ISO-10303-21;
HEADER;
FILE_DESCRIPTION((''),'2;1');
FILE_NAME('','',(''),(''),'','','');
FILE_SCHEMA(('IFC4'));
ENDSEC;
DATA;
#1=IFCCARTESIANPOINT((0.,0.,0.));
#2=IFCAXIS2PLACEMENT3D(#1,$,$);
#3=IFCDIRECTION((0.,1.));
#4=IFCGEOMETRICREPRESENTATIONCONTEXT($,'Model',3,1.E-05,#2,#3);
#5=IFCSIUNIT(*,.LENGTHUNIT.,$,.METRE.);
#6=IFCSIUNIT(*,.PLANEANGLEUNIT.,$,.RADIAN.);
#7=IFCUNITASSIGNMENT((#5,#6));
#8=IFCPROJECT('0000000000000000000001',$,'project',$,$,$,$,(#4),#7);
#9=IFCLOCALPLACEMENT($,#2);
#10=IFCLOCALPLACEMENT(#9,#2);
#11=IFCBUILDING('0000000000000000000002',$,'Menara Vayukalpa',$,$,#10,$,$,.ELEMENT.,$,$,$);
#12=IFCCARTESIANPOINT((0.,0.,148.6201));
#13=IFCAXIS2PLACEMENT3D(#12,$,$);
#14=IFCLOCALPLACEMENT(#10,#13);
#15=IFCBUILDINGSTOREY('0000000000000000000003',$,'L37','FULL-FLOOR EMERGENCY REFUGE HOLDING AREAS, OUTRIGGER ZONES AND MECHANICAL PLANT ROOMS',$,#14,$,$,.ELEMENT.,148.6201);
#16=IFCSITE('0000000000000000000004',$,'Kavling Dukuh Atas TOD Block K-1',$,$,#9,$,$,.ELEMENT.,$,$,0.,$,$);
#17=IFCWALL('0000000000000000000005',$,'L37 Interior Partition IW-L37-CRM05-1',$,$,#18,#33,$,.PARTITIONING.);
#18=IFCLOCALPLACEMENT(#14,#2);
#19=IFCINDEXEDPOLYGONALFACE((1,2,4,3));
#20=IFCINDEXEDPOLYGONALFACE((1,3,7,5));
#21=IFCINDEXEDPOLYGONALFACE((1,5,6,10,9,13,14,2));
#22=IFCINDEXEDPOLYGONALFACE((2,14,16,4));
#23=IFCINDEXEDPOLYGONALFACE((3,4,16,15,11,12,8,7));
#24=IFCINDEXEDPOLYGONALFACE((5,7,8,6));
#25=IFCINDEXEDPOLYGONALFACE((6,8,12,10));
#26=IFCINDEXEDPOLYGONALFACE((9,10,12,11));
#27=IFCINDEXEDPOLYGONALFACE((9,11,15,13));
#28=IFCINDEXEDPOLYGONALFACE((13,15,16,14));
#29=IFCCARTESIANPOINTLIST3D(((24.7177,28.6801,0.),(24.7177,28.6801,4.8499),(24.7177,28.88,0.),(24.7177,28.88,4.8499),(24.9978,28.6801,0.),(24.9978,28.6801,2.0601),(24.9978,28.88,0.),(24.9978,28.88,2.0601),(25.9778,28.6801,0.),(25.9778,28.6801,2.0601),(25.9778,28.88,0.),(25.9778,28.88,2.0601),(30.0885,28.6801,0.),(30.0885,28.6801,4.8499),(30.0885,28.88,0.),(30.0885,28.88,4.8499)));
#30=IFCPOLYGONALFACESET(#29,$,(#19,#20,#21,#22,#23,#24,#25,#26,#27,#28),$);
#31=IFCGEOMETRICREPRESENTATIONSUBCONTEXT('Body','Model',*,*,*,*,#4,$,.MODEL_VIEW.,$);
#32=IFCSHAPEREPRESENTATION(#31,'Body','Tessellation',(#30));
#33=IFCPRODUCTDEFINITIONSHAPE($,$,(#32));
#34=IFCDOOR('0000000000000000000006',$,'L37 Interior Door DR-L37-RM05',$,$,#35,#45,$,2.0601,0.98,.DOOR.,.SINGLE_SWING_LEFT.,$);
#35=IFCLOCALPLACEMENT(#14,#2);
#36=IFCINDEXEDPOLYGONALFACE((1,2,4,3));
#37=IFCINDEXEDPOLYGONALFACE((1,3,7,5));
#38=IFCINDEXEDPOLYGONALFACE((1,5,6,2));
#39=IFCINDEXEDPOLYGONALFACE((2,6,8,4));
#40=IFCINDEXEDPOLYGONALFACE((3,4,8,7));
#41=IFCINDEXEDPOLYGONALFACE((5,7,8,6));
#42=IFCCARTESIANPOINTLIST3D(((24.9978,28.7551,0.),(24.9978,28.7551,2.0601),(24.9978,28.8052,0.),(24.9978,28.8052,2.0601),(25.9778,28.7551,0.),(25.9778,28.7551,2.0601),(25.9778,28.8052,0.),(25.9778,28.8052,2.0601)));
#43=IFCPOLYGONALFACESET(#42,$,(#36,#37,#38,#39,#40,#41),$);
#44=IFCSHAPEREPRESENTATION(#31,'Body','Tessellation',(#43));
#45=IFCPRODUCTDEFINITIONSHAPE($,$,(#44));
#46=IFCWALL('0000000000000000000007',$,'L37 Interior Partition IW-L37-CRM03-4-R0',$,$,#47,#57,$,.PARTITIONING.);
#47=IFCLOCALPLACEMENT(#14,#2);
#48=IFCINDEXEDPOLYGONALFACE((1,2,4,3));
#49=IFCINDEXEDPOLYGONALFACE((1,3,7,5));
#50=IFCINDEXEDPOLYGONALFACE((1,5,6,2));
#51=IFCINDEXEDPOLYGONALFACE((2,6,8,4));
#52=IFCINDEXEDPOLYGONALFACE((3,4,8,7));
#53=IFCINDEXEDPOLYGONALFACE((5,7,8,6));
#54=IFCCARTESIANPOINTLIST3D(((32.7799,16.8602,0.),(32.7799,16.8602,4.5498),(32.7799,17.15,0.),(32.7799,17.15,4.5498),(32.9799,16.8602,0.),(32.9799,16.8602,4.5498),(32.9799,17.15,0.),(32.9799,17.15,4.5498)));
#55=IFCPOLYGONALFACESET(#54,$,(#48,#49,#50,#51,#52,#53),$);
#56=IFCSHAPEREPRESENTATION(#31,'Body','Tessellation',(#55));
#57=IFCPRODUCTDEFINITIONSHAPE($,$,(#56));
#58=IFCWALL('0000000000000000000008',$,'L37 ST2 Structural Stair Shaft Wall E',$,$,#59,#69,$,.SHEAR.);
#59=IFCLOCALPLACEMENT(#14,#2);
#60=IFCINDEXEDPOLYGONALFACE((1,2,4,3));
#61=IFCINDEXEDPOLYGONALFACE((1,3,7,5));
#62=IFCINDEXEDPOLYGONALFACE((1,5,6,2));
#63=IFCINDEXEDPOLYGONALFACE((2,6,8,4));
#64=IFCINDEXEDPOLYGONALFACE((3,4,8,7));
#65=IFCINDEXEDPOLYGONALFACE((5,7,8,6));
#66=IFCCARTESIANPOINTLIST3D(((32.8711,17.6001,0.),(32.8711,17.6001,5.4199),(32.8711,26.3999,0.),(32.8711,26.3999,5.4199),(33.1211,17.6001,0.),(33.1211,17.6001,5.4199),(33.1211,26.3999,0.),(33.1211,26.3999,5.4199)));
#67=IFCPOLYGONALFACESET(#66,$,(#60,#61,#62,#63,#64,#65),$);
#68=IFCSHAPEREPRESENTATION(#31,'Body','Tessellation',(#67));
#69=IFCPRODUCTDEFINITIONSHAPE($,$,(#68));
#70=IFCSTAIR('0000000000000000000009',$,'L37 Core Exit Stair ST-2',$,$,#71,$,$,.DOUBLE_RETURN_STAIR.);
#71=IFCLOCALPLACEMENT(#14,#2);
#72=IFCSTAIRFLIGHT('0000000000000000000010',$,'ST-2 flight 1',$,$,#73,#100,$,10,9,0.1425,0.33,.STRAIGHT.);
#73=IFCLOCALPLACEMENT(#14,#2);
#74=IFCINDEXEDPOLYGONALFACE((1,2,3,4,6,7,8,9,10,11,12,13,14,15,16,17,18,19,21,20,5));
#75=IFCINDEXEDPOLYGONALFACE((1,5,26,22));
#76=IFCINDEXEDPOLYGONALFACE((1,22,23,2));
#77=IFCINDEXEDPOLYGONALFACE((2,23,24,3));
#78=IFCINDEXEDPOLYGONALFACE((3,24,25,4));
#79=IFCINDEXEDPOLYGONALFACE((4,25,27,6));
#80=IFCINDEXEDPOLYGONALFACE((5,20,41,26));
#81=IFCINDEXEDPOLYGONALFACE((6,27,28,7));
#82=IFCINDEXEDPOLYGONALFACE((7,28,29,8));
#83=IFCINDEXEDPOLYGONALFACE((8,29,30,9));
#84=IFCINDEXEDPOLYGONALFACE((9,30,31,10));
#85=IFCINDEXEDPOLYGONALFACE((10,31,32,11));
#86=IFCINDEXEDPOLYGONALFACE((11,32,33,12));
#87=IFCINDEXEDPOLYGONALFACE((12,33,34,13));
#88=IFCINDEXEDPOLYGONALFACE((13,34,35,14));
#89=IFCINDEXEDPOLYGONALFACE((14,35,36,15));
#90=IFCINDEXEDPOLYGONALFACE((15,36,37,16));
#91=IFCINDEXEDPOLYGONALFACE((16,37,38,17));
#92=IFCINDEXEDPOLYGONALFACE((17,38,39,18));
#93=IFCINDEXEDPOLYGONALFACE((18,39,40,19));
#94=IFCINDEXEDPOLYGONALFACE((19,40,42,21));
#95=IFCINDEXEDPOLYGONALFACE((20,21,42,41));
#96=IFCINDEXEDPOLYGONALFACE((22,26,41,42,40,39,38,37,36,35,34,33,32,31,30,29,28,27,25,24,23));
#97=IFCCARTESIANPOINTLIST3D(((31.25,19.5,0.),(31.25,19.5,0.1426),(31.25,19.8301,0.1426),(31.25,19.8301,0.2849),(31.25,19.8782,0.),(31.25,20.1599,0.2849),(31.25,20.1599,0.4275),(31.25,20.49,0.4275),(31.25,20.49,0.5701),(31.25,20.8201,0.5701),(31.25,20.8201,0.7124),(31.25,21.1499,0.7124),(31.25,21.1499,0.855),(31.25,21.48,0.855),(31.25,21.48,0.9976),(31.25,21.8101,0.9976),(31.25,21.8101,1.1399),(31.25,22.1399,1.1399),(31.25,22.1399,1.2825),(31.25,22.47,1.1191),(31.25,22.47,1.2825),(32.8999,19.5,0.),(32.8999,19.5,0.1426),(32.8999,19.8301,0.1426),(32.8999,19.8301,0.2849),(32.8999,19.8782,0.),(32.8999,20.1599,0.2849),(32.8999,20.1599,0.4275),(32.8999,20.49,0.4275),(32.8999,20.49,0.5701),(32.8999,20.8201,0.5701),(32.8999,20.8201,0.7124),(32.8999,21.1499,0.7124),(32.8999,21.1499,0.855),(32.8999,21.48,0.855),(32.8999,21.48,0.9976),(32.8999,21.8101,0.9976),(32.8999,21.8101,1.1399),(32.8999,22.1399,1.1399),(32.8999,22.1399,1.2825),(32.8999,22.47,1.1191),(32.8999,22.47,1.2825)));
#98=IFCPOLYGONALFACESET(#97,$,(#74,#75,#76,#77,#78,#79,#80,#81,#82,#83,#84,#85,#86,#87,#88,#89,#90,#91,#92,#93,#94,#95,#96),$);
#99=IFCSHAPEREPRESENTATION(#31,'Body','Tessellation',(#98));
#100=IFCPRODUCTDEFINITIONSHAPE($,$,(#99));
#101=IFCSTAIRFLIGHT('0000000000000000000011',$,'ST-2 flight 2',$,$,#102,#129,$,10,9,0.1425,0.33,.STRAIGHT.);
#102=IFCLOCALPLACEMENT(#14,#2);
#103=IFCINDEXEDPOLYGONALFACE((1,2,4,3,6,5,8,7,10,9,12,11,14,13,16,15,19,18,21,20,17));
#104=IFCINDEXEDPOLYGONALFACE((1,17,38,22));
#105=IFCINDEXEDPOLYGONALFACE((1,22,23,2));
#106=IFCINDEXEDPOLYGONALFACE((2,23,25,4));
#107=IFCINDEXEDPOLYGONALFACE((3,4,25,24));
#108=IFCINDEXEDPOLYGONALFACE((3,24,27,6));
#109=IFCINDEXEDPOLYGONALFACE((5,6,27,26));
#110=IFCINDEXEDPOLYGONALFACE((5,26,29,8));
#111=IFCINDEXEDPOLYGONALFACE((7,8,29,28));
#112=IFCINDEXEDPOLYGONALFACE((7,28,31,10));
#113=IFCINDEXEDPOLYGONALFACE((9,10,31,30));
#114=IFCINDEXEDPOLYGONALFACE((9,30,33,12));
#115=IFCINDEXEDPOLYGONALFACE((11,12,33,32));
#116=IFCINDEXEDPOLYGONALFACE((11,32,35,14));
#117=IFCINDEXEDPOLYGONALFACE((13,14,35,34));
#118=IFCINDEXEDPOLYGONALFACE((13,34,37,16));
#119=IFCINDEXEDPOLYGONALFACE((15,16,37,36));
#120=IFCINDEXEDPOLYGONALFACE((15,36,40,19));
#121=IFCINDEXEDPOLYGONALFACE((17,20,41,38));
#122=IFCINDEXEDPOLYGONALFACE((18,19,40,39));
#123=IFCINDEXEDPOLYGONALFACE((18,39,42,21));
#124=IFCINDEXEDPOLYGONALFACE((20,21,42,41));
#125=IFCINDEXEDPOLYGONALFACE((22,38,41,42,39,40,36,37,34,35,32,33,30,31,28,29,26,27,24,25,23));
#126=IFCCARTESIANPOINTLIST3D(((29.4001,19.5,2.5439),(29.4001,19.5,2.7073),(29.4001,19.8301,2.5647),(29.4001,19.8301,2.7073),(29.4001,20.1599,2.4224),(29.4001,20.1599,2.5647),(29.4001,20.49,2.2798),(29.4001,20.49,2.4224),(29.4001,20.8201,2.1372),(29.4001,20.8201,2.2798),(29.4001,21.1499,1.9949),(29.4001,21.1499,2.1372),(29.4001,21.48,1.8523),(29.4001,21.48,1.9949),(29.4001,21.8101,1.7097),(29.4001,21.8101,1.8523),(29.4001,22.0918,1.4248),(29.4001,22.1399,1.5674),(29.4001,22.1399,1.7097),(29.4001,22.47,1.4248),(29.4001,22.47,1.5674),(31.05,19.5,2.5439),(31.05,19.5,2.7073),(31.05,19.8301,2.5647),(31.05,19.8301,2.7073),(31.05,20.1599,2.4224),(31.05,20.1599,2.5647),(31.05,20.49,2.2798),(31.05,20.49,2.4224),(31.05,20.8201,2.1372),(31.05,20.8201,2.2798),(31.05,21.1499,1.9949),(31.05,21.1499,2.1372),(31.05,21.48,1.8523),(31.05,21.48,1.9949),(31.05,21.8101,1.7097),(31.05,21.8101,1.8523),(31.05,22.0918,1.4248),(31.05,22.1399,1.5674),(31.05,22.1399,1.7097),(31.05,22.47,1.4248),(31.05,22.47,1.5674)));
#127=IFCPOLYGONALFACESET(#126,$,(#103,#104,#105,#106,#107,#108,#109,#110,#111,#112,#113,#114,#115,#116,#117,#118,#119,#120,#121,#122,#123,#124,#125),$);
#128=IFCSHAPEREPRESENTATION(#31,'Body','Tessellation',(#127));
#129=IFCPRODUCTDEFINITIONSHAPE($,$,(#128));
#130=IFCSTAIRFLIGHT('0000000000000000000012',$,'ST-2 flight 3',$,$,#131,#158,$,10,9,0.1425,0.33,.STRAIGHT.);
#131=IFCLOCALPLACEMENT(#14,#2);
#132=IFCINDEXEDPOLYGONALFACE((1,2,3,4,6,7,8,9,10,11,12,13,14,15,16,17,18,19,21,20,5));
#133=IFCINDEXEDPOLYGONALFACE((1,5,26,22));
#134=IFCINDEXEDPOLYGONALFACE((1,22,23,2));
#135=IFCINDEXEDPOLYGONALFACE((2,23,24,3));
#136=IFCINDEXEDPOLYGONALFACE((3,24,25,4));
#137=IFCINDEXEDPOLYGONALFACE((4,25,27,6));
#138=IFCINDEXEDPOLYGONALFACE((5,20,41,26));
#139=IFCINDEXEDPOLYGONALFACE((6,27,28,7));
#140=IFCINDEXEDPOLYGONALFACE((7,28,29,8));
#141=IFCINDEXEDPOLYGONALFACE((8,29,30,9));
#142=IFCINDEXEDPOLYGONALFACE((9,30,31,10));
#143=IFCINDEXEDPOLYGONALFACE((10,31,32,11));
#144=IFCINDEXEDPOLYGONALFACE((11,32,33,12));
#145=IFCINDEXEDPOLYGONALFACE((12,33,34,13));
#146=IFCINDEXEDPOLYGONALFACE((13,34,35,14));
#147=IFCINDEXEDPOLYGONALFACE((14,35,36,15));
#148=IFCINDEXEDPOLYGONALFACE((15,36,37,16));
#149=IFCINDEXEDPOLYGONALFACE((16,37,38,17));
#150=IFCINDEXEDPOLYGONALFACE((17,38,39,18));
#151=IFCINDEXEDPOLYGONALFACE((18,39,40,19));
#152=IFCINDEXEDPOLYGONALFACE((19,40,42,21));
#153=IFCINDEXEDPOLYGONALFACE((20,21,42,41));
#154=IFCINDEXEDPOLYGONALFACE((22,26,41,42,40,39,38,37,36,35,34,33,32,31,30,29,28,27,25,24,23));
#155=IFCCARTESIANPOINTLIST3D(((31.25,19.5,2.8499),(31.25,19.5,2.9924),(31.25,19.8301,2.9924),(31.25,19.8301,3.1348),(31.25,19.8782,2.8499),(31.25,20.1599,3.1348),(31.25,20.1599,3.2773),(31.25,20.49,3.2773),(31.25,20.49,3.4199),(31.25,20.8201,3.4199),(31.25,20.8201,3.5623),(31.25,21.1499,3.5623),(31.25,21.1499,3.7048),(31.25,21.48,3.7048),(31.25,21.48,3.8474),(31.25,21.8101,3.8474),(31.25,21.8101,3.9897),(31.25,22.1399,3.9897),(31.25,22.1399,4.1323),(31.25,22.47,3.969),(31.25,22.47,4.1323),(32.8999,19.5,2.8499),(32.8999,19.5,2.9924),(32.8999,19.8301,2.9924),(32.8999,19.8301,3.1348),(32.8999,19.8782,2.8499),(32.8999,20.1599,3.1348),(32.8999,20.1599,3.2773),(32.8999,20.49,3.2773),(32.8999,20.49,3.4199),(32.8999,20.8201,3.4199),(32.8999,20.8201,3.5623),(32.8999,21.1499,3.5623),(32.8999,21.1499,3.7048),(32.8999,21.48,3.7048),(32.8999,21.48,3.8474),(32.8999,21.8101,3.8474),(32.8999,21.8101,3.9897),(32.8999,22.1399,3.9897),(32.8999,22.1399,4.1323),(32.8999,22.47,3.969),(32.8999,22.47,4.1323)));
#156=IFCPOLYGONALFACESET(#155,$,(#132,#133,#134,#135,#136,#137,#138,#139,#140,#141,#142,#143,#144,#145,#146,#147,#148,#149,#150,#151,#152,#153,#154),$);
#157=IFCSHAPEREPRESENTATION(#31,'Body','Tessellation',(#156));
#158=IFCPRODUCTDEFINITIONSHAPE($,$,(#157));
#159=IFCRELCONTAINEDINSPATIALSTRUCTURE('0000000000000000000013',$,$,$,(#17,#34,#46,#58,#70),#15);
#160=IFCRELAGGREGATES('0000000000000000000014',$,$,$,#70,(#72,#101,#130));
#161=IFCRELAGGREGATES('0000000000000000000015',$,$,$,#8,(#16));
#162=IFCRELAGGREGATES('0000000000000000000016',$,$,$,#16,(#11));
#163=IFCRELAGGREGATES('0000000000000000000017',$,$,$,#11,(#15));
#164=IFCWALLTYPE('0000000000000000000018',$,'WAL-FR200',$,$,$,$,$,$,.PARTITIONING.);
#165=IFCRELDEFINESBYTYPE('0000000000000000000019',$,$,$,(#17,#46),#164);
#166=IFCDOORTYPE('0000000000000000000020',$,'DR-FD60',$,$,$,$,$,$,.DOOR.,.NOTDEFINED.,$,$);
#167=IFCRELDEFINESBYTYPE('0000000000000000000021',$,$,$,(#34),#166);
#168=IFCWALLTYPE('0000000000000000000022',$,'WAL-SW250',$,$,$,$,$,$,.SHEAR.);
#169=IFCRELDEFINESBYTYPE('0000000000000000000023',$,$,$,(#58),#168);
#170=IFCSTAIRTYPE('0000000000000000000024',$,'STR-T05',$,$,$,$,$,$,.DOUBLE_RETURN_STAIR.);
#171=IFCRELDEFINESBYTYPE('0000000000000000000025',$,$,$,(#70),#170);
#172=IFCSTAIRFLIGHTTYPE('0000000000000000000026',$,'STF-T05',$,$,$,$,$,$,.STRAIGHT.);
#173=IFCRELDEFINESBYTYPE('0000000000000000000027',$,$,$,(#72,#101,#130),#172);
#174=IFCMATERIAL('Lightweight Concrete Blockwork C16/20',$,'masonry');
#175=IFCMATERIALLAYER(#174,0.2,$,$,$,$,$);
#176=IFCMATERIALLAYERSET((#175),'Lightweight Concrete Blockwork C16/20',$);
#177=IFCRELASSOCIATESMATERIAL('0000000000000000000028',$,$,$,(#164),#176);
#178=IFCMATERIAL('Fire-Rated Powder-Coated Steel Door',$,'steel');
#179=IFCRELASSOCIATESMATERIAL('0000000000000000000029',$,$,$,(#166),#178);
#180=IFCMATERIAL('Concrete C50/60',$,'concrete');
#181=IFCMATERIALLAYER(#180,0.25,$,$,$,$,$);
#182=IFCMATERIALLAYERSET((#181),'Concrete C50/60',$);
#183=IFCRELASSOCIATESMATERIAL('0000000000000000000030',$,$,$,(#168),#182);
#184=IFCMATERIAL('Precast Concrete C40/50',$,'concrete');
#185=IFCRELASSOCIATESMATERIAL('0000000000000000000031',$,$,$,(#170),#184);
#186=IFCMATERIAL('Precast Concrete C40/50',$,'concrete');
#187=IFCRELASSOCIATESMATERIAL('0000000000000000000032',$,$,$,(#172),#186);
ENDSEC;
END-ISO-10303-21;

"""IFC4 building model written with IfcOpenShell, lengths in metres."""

from ifc_helpers import new_model, si_unit, direction, frame, frame_2d, origin, place, context, subcontext, project, spatial, polyline, rectangle, outline, extrude, material, layer, layer_set, type_object, element, fill, aggregate, save


model = new_model("IFC4")

# Units and contexts
model_context = context("Model", 3, precision=1e-05, world=origin(), true_north=direction((0.0, 1.0)))
body_context = subcontext(model_context, "Body", "Model", "MODEL_VIEW")
ifc_project = project(units=[si_unit("LENGTHUNIT", "METRE"), si_unit("PLANEANGLEUNIT", "RADIAN")], contexts=[model_context])

# Site, building, storey
site_placement = place(None, origin())
site = spatial("IfcSite", under=ifc_project, at=site_placement, Name="Kavling Dukuh Atas TOD Block K-1", CompositionType="ELEMENT", RefElevation=0.0)
building_placement = place(site_placement, origin())
building = spatial("IfcBuilding", under=site, at=building_placement, Name="Menara Vayukalpa", CompositionType="ELEMENT")
storey_placement = place(building_placement, frame((0.0, 0.0, 148.6201)))
storey = spatial("IfcBuildingStorey", under=building, at=storey_placement, Name="L37", Description="FULL-FLOOR EMERGENCY REFUGE HOLDING AREAS, OUTRIGGER ZONES AND MECHANICAL PLANT ROOMS", CompositionType="ELEMENT", Elevation=148.6201)

# Shared definitions
ifc_material_1 = material(Name="Lightweight Concrete Blockwork C16/20", Category="masonry")
ifc_layer_1 = layer(ifc_material_1, 0.2)
ifc_layer_set_1 = layer_set([ifc_layer_1], Name="Lightweight Concrete Blockwork C16/20")
wall_type_1 = type_object("IfcWallType", Name="WAL-FR200", PredefinedType="PARTITIONING", material=ifc_layer_set_1)

# Wall, opening, door
wall_1_placement = place(storey_placement, frame((30.0886, 28.78, 0.0), z_axis=(0.0, 0.0, 1.0), x_axis=(-1.0, 0.0, 0.0)))
wall_1 = element("IfcWall", 1, at=wall_1_placement, inside=storey, type_object=wall_type_1, Name="L37 Interior Partition IW-L37-CRM05-1", PredefinedType="PARTITIONING", context=body_context, shape_type="SweptSolid", body=[
    extrude(rectangle(XDim=5.3708, YDim=0.2, at=frame_2d((2.6855, 0.0))), origin(), (0.0, 0.0, 1.0), 4.8499),
])
opening_placement = place(wall_1_placement, frame((4.1108, 0.0, 0.0)))
opening = element("IfcOpeningElement", 2, at=opening_placement, cuts=wall_1, PredefinedType="OPENING", context=body_context, shape_type="SweptSolid", body=[
    extrude(rectangle(XDim=0.98, YDim=2.0601, at=frame_2d((0.49, 1.03))), frame((0.0, 0.1099, 0.0), z_axis=(0.0, -1.0, 0.0), x_axis=(1.0, 0.0, 0.0)), (0.0, 0.0, 1.0), 0.22),
])
ifc_material_2 = material(Name="Fire-Rated Powder-Coated Steel Door", Category="steel")
door_type = type_object("IfcDoorType", Name="DR-FD60", OperationType="NOTDEFINED", PredefinedType="DOOR", material=ifc_material_2)
door_placement = place(opening_placement, origin())
door = element("IfcDoor", 3, at=door_placement, inside=storey, type_object=door_type, Name="L37 Interior Door DR-L37-RM05", OperationType="SINGLE_SWING_LEFT", OverallHeight=2.0601, OverallWidth=0.98, PredefinedType="DOOR", context=body_context, shape_type="SweptSolid", body=[
    extrude(rectangle(XDim=0.98, YDim=2.0601, at=frame_2d((0.49, 1.03))), frame((0.0, 0.0249, 0.0), z_axis=(0.0, -1.0, 0.0), x_axis=(1.0, 0.0, 0.0)), (0.0, 0.0, 1.0), 0.05),
])
fill(opening, door)

# Walls
wall_2_placement = place(storey_placement, frame((32.8799, 16.8601, 0.0), z_axis=(0.0, 0.0, 1.0), x_axis=(0.0, 1.0, 0.0)))
element("IfcWall", 4, at=wall_2_placement, inside=storey, type_object=wall_type_1, Name="L37 Interior Partition IW-L37-CRM03-4-R0", PredefinedType="PARTITIONING", context=body_context, shape_type="SweptSolid", body=[
    extrude(rectangle(XDim=0.2898, YDim=0.2, at=frame_2d((0.145, 0.0))), origin(), (0.0, 0.0, 1.0), 4.5498),
])
ifc_material_3 = material(Name="Concrete C50/60", Category="concrete")
ifc_layer_2 = layer(ifc_material_3, 0.25)
ifc_layer_set_2 = layer_set([ifc_layer_2], Name="Concrete C50/60")
wall_type_2 = type_object("IfcWallType", Name="WAL-SW250", PredefinedType="SHEAR", material=ifc_layer_set_2)
wall_3_placement = place(storey_placement, frame((32.9961, 17.6001, 0.0), z_axis=(0.0, 0.0, 1.0), x_axis=(0.0, 1.0, 0.0)))
element("IfcWall", 5, at=wall_3_placement, inside=storey, type_object=wall_type_2, Name="L37 ST2 Structural Stair Shaft Wall E", PredefinedType="SHEAR", context=body_context, shape_type="SweptSolid", body=[
    extrude(rectangle(XDim=8.7998, YDim=0.25, at=frame_2d((4.3999, 0.0))), origin(), (0.0, 0.0, 1.0), 5.4199),
])

# Stair, stair flights
ifc_material_4 = material(Name="Precast Concrete C40/50", Category="concrete")
stair_type = type_object("IfcStairType", Name="STR-T05", PredefinedType="DOUBLE_RETURN_STAIR", material=ifc_material_4)
stair_placement = place(storey_placement, origin())
stair = element("IfcStair", 6, at=stair_placement, inside=storey, type_object=stair_type, Name="L37 Core Exit Stair ST-2", PredefinedType="DOUBLE_RETURN_STAIR")
ifc_material_5 = material(Name="Precast Concrete C40/50", Category="concrete")
stair_flight_type = type_object("IfcStairFlightType", Name="STF-T05", PredefinedType="STRAIGHT", material=ifc_material_5)
stair_flight_1_placement = place(storey_placement, frame((32.075, 19.5, 0.0), z_axis=(0.0, 0.0, 1.0), x_axis=(0.0, 1.0, 0.0)))
stair_flight_1 = element("IfcStairFlight", 7, at=stair_flight_1_placement, type_object=stair_flight_type, Name="ST-2 flight 1", NumberOfRisers=10, NumberOfTreads=9, PredefinedType="STRAIGHT", RiserHeight=0.1425, TreadLength=0.33, context=body_context, shape_type="SweptSolid", body=[
    extrude(outline(polyline([(0.0, 0.0), (0.0, 0.1426), (0.3301, 0.1426), (0.3301, 0.2849), (0.6599, 0.2849), (0.6599, 0.4275), (0.99, 0.4275), (0.99, 0.5701), (1.3201, 0.5701), (1.3201, 0.7124), (1.6499, 0.7124), (1.6499, 0.855), (1.98, 0.855), (1.98, 0.9976), (2.3101, 0.9976), (2.3101, 1.1399), (2.6399, 1.1399), (2.6399, 1.2825), (2.97, 1.2825), (2.97, 1.425), (2.97, 1.1191), (0.3782, 0.0), (0.0, 0.0)])), frame((0.0, 0.825, 0.0), z_axis=(0.0, -1.0, 0.0), x_axis=(1.0, 0.0, 0.0)), (0.0, 0.0, 1.0), 1.6499),
])
stair_flight_2_placement = place(storey_placement, frame((30.2251, 22.47, 1.4248), z_axis=(0.0, 0.0, 1.0), x_axis=(0.0, -1.0, 0.0)))
stair_flight_2 = element("IfcStairFlight", 8, at=stair_flight_2_placement, type_object=stair_flight_type, Name="ST-2 flight 2", NumberOfRisers=10, NumberOfTreads=9, PredefinedType="STRAIGHT", RiserHeight=0.1425, TreadLength=0.33, context=body_context, shape_type="SweptSolid", body=[
    extrude(outline(polyline([(0.0, 0.0), (0.0, 0.1426), (0.3301, 0.1426), (0.3301, 0.2849), (0.6599, 0.2849), (0.6599, 0.4275), (0.99, 0.4275), (0.99, 0.5701), (1.3201, 0.5701), (1.3201, 0.7124), (1.6499, 0.7124), (1.6499, 0.855), (1.98, 0.855), (1.98, 0.9976), (2.3101, 0.9976), (2.3101, 1.1399), (2.6399, 1.1399), (2.6399, 1.2825), (2.97, 1.2825), (2.97, 1.425), (2.97, 1.1191), (0.3782, 0.0), (0.0, 0.0)])), frame((0.0, 0.825, 0.0), z_axis=(0.0, -1.0, 0.0), x_axis=(1.0, 0.0, 0.0)), (0.0, 0.0, 1.0), 1.6499),
])
stair_flight_3_placement = place(storey_placement, frame((32.075, 19.5, 2.8499), z_axis=(0.0, 0.0, 1.0), x_axis=(0.0, 1.0, 0.0)))
stair_flight_3 = element("IfcStairFlight", 9, at=stair_flight_3_placement, type_object=stair_flight_type, Name="ST-2 flight 3", NumberOfRisers=10, NumberOfTreads=9, PredefinedType="STRAIGHT", RiserHeight=0.1425, TreadLength=0.33, context=body_context, shape_type="SweptSolid", body=[
    extrude(outline(polyline([(0.0, 0.0), (0.0, 0.1426), (0.3301, 0.1426), (0.3301, 0.2849), (0.6599, 0.2849), (0.6599, 0.4275), (0.99, 0.4275), (0.99, 0.5701), (1.3201, 0.5701), (1.3201, 0.7124), (1.6499, 0.7124), (1.6499, 0.855), (1.98, 0.855), (1.98, 0.9976), (2.3101, 0.9976), (2.3101, 1.1399), (2.6399, 1.1399), (2.6399, 1.2825), (2.97, 1.2825), (2.97, 1.425), (2.97, 1.1191), (0.3782, 0.0), (0.0, 0.0)])), frame((0.0, 0.825, 0.0), z_axis=(0.0, -1.0, 0.0), x_axis=(1.0, 0.0, 0.0)), (0.0, 0.0, 1.0), 1.6499),
])
aggregate(stair, [stair_flight_1, stair_flight_2, stair_flight_3])

save(model, "model.ifc")
